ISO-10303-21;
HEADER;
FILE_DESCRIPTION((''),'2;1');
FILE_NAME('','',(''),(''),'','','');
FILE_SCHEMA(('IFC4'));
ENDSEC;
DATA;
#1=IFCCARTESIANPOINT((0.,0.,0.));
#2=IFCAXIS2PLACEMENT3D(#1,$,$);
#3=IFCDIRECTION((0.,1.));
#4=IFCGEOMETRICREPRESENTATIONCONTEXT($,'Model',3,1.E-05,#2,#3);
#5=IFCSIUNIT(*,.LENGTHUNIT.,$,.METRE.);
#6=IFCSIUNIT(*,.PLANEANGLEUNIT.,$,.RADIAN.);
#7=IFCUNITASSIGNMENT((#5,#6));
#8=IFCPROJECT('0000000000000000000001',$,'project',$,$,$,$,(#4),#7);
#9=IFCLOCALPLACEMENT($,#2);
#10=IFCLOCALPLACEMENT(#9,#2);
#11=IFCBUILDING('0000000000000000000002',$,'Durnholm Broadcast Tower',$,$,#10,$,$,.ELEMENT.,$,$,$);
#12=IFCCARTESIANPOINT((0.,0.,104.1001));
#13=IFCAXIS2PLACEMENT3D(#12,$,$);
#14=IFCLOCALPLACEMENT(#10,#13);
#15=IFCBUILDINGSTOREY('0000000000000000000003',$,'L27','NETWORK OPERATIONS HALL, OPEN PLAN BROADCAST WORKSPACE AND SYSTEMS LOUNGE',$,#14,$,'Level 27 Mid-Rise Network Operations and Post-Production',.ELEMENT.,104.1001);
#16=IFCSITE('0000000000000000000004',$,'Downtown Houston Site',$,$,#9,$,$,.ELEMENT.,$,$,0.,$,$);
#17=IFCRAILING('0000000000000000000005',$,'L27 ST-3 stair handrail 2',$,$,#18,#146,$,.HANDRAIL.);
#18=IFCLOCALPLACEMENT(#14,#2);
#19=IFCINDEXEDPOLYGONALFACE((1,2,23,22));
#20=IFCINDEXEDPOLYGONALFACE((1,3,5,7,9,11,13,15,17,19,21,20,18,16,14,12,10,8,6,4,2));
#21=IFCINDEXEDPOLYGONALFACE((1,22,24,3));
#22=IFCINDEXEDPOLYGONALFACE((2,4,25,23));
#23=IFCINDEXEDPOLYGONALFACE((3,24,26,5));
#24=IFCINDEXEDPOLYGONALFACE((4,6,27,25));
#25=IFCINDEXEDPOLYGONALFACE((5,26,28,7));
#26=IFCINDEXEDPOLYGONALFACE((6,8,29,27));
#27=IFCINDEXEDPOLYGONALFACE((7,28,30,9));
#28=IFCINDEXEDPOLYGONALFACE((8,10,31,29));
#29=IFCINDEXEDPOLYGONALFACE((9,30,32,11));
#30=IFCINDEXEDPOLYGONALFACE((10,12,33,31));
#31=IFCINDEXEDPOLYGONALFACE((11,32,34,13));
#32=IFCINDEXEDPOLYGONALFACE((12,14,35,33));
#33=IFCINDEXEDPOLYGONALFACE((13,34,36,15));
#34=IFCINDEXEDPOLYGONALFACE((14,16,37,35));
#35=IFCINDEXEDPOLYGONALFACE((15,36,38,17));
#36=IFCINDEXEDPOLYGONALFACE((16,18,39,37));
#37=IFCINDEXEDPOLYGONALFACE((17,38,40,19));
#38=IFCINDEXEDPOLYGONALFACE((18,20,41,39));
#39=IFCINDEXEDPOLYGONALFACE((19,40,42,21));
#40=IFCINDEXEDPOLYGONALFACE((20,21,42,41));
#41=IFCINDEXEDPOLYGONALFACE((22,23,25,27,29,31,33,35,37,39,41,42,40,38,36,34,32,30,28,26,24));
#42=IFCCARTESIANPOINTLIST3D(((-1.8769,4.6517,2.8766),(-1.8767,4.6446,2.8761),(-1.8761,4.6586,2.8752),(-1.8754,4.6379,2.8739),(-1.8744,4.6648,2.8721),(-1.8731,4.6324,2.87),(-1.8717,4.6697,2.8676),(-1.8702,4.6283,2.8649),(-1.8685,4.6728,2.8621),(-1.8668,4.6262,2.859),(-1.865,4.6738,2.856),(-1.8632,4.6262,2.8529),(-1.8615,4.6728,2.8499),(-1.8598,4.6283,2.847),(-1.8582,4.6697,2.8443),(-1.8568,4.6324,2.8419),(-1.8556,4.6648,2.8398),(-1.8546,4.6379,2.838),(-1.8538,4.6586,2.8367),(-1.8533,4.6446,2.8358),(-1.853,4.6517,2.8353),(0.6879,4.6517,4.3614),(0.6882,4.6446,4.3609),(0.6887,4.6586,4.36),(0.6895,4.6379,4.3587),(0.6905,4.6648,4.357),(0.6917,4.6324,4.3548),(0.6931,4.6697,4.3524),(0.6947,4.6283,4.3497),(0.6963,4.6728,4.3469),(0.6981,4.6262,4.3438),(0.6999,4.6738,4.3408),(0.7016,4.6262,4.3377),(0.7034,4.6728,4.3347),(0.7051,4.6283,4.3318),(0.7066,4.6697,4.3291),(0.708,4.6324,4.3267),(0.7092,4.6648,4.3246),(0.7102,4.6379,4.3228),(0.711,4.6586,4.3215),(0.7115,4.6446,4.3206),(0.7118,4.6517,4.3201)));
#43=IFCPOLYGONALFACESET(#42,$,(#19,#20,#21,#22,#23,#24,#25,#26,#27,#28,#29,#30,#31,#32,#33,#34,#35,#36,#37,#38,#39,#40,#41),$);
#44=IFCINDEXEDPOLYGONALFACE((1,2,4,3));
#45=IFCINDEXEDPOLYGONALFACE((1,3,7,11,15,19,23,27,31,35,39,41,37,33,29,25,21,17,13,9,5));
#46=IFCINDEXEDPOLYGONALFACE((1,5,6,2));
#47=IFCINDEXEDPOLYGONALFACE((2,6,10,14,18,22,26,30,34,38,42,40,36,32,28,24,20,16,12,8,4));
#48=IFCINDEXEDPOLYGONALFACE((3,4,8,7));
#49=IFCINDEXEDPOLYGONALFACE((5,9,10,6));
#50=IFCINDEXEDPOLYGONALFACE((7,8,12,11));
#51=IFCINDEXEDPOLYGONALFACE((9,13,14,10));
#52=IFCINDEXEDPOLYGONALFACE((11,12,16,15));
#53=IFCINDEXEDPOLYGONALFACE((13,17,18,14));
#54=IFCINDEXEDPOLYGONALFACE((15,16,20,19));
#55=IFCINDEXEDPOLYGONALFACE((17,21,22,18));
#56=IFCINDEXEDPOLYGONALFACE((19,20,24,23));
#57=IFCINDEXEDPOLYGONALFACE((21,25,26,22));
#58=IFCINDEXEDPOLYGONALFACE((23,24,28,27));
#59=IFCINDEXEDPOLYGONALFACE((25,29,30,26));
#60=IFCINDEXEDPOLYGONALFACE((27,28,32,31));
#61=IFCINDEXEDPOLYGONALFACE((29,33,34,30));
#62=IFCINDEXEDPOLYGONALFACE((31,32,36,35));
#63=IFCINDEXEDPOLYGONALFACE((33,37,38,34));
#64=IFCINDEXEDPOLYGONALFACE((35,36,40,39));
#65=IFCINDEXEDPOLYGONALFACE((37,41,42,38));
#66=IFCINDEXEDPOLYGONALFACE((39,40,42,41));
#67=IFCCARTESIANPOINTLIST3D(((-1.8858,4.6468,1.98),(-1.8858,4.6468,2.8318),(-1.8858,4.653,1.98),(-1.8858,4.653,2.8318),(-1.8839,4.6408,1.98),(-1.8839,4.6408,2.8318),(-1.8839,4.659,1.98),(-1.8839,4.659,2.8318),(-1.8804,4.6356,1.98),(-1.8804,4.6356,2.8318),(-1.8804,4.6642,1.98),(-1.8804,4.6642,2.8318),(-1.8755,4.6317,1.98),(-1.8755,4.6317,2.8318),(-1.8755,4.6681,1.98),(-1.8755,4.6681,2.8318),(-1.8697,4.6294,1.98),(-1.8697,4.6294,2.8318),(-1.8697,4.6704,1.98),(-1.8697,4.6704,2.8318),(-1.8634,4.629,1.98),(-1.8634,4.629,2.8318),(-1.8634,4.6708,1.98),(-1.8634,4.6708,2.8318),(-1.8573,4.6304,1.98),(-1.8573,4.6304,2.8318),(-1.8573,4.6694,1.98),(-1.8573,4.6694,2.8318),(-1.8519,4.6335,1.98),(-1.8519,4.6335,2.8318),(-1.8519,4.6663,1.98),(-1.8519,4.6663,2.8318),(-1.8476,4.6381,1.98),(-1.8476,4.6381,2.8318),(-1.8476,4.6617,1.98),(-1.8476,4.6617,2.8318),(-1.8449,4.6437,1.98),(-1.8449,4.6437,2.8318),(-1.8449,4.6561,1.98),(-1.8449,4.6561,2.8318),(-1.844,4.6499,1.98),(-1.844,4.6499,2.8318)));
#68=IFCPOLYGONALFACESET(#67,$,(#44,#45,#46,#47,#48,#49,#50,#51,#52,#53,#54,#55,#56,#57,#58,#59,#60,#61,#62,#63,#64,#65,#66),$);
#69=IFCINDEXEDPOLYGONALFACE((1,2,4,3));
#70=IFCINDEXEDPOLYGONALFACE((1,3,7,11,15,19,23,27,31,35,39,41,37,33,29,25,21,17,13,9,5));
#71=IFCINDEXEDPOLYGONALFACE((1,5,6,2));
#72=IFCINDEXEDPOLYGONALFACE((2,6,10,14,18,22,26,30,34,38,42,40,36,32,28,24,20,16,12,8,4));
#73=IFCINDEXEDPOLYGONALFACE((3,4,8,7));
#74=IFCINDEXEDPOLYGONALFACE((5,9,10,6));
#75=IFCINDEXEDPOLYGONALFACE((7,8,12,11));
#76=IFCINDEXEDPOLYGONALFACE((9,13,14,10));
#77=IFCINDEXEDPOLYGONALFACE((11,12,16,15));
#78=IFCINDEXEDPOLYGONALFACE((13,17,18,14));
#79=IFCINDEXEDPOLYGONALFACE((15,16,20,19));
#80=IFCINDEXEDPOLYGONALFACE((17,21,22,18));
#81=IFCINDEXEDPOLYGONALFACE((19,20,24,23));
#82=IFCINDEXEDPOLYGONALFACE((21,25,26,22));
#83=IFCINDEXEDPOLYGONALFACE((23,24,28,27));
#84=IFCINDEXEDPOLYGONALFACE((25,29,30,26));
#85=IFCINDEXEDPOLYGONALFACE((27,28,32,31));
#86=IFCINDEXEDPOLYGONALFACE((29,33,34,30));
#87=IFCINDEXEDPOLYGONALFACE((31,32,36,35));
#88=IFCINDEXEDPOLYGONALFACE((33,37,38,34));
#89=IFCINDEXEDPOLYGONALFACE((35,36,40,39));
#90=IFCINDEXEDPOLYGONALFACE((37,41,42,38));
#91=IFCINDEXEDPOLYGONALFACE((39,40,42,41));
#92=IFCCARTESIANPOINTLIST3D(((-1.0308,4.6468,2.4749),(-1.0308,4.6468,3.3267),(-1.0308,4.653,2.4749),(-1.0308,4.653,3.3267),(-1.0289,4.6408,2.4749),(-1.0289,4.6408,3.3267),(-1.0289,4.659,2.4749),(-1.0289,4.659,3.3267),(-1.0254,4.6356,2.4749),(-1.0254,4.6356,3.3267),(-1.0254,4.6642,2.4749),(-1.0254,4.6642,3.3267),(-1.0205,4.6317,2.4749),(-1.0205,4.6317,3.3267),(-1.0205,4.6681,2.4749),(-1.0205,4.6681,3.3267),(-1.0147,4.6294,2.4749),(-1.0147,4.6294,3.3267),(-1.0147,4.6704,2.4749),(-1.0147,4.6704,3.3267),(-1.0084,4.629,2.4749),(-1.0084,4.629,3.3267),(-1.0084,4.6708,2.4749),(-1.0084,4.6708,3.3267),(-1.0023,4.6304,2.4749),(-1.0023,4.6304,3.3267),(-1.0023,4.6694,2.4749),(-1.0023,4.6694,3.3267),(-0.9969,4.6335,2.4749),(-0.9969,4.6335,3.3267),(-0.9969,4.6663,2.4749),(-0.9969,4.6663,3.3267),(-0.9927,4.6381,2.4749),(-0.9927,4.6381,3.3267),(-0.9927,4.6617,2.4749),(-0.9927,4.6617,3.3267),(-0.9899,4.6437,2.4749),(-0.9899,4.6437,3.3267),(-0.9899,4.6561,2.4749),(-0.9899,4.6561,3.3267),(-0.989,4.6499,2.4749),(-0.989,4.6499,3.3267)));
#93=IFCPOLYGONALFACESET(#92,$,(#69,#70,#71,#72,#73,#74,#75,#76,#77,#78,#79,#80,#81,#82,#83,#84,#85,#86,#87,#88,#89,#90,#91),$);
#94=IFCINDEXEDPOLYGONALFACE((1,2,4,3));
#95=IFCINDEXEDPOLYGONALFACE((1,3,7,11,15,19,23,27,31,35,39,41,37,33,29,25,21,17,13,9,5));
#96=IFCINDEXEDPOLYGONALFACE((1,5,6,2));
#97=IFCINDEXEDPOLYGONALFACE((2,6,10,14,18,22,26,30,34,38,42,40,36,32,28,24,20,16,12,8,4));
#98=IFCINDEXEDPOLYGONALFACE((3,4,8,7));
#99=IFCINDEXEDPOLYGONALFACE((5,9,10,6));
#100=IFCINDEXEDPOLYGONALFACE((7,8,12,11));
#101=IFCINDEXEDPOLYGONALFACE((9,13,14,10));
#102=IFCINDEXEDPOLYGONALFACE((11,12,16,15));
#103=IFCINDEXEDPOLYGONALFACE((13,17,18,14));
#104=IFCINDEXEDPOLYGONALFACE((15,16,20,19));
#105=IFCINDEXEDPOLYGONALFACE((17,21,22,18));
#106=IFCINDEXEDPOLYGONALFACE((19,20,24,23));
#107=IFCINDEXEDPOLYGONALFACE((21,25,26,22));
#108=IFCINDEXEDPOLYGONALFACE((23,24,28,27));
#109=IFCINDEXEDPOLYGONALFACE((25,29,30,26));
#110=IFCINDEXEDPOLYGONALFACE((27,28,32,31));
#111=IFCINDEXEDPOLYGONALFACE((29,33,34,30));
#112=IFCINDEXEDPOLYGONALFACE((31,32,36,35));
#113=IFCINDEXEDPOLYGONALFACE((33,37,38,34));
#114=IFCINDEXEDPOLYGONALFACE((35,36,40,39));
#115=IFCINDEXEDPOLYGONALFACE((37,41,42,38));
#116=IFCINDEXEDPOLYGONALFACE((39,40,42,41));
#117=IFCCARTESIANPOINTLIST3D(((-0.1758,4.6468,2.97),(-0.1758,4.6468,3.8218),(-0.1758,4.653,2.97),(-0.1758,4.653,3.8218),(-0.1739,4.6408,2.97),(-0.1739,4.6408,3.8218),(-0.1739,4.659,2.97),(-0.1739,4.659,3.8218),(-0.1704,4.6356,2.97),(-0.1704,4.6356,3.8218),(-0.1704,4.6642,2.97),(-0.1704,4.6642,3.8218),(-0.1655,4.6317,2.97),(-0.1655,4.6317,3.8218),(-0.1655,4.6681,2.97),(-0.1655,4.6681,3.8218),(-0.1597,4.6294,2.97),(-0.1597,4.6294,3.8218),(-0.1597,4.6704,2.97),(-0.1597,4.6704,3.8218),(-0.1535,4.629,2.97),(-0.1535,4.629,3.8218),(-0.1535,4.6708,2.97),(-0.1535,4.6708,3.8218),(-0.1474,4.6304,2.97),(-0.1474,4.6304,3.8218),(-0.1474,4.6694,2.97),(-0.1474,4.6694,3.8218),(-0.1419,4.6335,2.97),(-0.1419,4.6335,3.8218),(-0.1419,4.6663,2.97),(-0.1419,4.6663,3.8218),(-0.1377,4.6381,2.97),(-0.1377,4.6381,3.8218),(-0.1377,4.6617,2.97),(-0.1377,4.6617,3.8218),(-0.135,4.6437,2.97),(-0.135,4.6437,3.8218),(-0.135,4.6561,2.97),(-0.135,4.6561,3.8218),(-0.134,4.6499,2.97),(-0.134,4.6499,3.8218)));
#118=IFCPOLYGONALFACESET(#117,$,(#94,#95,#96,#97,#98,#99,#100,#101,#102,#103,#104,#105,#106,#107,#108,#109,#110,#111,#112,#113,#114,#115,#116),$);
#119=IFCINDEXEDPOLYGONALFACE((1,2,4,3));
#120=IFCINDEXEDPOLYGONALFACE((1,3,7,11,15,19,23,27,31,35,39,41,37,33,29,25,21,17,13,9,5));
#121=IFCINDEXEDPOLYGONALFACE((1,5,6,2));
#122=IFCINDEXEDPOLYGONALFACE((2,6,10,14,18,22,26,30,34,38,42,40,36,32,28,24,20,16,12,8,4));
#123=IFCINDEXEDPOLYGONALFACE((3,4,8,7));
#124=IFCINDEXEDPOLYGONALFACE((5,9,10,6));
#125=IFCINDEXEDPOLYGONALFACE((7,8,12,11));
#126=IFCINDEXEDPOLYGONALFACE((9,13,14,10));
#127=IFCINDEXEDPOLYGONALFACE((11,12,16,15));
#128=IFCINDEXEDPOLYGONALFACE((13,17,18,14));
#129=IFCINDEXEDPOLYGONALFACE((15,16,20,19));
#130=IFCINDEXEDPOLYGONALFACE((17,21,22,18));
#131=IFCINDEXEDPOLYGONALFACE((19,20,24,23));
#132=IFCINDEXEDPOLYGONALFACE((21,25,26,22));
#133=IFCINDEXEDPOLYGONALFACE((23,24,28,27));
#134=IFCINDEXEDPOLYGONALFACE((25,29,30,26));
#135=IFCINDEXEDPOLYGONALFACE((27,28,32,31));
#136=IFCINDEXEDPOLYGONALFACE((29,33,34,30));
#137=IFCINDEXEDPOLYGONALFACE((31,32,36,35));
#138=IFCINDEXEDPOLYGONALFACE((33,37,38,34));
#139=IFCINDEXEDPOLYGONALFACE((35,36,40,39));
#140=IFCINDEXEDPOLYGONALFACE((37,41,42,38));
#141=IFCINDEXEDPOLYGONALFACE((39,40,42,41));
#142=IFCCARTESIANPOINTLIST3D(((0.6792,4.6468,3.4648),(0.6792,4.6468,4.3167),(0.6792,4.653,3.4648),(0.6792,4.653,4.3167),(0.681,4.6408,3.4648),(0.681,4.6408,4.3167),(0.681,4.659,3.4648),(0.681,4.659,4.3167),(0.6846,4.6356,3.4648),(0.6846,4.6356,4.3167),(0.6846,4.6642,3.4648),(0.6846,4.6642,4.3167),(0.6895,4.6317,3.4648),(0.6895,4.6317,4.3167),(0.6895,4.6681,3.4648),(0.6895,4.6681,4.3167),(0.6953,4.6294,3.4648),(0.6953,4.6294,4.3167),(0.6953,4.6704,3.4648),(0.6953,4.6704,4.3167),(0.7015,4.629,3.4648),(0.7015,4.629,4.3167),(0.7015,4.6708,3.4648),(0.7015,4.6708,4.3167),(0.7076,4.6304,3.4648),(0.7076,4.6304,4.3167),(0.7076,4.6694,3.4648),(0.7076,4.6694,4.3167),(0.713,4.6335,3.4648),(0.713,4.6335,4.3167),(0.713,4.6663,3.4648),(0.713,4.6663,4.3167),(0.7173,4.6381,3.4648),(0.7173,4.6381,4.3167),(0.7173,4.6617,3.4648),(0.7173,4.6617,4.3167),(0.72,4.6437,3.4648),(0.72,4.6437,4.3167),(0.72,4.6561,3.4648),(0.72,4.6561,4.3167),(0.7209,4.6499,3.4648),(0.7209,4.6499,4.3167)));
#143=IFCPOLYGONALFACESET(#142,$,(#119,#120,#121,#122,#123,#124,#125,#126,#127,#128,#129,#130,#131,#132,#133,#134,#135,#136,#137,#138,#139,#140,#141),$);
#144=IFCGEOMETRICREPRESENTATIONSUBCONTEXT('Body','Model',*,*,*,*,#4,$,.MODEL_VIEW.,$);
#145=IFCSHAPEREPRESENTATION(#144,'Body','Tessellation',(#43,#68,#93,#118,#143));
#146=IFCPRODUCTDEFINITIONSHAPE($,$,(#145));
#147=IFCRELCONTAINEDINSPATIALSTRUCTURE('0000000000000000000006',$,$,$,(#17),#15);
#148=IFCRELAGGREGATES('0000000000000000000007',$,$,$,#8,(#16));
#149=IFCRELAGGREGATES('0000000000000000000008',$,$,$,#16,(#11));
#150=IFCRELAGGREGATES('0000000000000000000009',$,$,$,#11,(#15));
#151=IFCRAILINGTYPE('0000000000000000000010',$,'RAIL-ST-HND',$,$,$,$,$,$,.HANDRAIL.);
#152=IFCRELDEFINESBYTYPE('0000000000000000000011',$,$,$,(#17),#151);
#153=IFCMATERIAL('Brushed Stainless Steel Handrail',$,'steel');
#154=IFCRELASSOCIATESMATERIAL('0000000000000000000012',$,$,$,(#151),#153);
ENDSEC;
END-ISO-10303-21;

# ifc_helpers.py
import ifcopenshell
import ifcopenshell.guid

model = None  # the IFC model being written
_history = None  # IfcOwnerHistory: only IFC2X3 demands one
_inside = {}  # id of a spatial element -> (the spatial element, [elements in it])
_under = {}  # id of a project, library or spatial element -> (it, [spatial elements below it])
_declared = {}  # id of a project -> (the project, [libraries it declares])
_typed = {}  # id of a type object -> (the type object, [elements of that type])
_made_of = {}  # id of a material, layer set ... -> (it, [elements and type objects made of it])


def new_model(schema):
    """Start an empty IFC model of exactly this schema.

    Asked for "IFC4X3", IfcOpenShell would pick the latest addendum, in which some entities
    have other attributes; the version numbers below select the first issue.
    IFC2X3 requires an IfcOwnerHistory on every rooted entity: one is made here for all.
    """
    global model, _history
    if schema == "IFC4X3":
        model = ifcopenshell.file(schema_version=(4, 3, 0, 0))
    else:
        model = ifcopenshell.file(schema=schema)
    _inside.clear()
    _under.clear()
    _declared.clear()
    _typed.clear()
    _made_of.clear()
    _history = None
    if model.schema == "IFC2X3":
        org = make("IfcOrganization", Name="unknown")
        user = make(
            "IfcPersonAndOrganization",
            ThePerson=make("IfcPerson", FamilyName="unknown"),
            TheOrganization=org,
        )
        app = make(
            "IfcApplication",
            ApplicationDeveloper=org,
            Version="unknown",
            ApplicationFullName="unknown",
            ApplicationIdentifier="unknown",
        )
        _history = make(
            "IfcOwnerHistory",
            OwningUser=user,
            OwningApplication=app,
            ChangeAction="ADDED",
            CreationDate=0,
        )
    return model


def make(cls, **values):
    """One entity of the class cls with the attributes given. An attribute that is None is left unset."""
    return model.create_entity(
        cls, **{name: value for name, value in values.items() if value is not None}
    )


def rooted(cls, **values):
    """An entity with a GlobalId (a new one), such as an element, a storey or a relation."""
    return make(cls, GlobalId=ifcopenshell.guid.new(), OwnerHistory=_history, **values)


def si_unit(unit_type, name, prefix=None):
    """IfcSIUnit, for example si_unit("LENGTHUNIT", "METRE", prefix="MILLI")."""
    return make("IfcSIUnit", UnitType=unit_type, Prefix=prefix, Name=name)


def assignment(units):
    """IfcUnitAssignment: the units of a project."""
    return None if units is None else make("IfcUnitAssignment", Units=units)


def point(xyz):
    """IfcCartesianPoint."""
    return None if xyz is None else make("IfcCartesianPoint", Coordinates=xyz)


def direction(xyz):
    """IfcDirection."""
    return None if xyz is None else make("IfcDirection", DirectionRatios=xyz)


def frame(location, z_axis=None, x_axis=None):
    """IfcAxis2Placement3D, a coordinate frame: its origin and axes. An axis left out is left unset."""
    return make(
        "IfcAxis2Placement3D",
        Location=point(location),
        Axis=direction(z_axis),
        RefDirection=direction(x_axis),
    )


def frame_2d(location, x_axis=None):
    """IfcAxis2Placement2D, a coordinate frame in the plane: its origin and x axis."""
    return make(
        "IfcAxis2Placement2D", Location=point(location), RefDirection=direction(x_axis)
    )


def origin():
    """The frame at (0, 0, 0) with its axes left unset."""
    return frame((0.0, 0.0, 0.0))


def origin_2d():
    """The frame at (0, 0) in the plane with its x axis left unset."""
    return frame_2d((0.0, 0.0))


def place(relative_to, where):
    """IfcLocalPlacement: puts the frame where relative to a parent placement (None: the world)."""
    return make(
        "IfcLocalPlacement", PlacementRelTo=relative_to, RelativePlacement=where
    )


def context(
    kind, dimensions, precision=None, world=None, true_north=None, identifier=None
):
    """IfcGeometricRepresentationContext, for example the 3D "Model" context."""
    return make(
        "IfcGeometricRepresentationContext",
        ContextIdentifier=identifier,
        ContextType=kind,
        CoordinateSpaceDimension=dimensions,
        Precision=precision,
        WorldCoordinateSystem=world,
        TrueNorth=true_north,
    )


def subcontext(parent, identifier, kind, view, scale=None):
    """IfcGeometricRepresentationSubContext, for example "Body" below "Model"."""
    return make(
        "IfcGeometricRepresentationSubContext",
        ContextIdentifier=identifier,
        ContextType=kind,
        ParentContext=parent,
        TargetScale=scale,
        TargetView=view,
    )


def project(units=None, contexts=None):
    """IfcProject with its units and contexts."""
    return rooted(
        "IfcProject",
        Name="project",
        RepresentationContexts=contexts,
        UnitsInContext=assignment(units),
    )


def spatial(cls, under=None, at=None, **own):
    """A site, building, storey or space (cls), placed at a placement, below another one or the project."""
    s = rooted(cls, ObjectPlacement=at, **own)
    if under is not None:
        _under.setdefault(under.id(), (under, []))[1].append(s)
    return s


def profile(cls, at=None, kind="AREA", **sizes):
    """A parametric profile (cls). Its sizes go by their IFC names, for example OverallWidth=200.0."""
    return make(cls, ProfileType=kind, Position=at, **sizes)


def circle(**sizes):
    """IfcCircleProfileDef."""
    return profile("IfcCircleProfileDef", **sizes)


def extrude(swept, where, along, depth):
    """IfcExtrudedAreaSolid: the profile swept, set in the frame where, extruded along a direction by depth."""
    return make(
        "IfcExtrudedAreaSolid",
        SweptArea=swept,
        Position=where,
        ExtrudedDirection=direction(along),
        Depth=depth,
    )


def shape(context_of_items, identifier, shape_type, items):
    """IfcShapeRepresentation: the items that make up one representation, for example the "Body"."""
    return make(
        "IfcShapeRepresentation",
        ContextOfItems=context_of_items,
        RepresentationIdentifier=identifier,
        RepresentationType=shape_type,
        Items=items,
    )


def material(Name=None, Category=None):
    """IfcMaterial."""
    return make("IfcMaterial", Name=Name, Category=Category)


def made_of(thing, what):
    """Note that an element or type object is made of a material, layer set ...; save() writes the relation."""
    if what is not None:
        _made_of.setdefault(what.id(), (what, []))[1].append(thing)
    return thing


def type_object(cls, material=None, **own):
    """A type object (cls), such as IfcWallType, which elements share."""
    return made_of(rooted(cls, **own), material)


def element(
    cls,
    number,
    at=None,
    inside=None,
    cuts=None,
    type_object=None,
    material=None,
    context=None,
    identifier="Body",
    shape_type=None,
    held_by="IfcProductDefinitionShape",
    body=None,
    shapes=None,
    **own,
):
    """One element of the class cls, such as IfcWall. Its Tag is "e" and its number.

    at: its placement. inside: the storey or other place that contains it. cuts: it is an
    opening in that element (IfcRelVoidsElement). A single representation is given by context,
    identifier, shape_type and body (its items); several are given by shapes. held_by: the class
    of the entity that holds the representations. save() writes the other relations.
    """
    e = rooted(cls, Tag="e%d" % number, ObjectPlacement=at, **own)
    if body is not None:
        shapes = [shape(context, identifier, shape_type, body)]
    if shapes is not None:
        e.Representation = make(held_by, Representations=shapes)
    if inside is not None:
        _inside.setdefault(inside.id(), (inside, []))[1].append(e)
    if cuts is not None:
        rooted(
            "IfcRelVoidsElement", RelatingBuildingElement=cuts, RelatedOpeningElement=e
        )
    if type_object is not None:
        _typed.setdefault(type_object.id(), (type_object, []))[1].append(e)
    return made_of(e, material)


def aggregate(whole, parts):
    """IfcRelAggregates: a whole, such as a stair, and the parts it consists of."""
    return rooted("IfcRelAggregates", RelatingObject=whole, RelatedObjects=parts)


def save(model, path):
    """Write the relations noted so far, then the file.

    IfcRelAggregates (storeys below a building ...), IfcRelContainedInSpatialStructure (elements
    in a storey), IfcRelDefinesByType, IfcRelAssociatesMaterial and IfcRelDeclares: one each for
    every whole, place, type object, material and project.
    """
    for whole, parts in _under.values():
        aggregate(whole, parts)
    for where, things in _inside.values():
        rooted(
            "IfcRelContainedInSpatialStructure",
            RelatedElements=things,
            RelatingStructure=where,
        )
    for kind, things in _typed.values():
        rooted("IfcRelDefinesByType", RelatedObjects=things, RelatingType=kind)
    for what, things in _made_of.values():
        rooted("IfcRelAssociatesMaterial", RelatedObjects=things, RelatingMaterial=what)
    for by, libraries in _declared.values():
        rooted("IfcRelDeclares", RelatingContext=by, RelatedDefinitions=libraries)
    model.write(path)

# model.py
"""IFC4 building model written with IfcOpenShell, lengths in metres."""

from ifc_helpers import new_model, si_unit, direction, frame, origin, origin_2d, place, context, subcontext, project, spatial, circle, extrude, material, type_object, element, save


model = new_model("IFC4")

# Units and contexts
model_context = context("Model", 3, precision=1e-05, world=origin(), true_north=direction((0.0, 1.0)))
body_context = subcontext(model_context, "Body", "Model", "MODEL_VIEW")
ifc_project = project(units=[si_unit("LENGTHUNIT", "METRE"), si_unit("PLANEANGLEUNIT", "RADIAN")], contexts=[model_context])

# Site, building, storey
site_placement = place(None, origin())
site = spatial("IfcSite", under=ifc_project, at=site_placement, Name="Downtown Houston Site", CompositionType="ELEMENT", RefElevation=0.0)
building_placement = place(site_placement, origin())
building = spatial("IfcBuilding", under=site, at=building_placement, Name="Durnholm Broadcast Tower", CompositionType="ELEMENT")
storey_placement = place(building_placement, frame((0.0, 0.0, 104.1001)))
storey = spatial("IfcBuildingStorey", under=building, at=storey_placement, Name="L27", Description="NETWORK OPERATIONS HALL, OPEN PLAN BROADCAST WORKSPACE AND SYSTEMS LOUNGE", LongName="Level 27 Mid-Rise Network Operations and Post-Production", CompositionType="ELEMENT", Elevation=104.1001)

# Railing
ifc_material_1 = material(Name="Brushed Stainless Steel Handrail", Category="steel")
railing_type_1 = type_object("IfcRailingType", Name="RAIL-ST-HND", PredefinedType="HANDRAIL", material=ifc_material_1)
railing_1_placement = place(storey_placement, frame((-1.865, 4.6499, 1.98)))
element("IfcRailing", 1, at=railing_1_placement, inside=storey, type_object=railing_type_1, Name="L27 ST-3 stair handrail 2", PredefinedType="HANDRAIL", context=body_context, shape_type="SweptSolid", body=[
    extrude(circle(Radius=0.0239, at=origin_2d()), frame((0.0, 0.0, 0.876), z_axis=(0.865441, 0.0, 0.50101), x_axis=(0.0, 1.0, 0.0)), (0.0, 0.0, 1.0), 2.9636),
    extrude(circle(Radius=0.021, at=origin_2d()), origin(), (0.0, 0.0, 1.0), 0.8518),
    extrude(circle(Radius=0.021, at=origin_2d()), frame((0.855, 0.0, 0.4949)), (0.0, 0.0, 1.0), 0.8518),
    extrude(circle(Radius=0.021, at=origin_2d()), frame((1.71, 0.0, 0.99)), (0.0, 0.0, 1.0), 0.8518),
    extrude(circle(Radius=0.021, at=origin_2d()), frame((2.5649, 0.0, 1.4849)), (0.0, 0.0, 1.0), 0.8518),
])

save(model, "model.ifc")
